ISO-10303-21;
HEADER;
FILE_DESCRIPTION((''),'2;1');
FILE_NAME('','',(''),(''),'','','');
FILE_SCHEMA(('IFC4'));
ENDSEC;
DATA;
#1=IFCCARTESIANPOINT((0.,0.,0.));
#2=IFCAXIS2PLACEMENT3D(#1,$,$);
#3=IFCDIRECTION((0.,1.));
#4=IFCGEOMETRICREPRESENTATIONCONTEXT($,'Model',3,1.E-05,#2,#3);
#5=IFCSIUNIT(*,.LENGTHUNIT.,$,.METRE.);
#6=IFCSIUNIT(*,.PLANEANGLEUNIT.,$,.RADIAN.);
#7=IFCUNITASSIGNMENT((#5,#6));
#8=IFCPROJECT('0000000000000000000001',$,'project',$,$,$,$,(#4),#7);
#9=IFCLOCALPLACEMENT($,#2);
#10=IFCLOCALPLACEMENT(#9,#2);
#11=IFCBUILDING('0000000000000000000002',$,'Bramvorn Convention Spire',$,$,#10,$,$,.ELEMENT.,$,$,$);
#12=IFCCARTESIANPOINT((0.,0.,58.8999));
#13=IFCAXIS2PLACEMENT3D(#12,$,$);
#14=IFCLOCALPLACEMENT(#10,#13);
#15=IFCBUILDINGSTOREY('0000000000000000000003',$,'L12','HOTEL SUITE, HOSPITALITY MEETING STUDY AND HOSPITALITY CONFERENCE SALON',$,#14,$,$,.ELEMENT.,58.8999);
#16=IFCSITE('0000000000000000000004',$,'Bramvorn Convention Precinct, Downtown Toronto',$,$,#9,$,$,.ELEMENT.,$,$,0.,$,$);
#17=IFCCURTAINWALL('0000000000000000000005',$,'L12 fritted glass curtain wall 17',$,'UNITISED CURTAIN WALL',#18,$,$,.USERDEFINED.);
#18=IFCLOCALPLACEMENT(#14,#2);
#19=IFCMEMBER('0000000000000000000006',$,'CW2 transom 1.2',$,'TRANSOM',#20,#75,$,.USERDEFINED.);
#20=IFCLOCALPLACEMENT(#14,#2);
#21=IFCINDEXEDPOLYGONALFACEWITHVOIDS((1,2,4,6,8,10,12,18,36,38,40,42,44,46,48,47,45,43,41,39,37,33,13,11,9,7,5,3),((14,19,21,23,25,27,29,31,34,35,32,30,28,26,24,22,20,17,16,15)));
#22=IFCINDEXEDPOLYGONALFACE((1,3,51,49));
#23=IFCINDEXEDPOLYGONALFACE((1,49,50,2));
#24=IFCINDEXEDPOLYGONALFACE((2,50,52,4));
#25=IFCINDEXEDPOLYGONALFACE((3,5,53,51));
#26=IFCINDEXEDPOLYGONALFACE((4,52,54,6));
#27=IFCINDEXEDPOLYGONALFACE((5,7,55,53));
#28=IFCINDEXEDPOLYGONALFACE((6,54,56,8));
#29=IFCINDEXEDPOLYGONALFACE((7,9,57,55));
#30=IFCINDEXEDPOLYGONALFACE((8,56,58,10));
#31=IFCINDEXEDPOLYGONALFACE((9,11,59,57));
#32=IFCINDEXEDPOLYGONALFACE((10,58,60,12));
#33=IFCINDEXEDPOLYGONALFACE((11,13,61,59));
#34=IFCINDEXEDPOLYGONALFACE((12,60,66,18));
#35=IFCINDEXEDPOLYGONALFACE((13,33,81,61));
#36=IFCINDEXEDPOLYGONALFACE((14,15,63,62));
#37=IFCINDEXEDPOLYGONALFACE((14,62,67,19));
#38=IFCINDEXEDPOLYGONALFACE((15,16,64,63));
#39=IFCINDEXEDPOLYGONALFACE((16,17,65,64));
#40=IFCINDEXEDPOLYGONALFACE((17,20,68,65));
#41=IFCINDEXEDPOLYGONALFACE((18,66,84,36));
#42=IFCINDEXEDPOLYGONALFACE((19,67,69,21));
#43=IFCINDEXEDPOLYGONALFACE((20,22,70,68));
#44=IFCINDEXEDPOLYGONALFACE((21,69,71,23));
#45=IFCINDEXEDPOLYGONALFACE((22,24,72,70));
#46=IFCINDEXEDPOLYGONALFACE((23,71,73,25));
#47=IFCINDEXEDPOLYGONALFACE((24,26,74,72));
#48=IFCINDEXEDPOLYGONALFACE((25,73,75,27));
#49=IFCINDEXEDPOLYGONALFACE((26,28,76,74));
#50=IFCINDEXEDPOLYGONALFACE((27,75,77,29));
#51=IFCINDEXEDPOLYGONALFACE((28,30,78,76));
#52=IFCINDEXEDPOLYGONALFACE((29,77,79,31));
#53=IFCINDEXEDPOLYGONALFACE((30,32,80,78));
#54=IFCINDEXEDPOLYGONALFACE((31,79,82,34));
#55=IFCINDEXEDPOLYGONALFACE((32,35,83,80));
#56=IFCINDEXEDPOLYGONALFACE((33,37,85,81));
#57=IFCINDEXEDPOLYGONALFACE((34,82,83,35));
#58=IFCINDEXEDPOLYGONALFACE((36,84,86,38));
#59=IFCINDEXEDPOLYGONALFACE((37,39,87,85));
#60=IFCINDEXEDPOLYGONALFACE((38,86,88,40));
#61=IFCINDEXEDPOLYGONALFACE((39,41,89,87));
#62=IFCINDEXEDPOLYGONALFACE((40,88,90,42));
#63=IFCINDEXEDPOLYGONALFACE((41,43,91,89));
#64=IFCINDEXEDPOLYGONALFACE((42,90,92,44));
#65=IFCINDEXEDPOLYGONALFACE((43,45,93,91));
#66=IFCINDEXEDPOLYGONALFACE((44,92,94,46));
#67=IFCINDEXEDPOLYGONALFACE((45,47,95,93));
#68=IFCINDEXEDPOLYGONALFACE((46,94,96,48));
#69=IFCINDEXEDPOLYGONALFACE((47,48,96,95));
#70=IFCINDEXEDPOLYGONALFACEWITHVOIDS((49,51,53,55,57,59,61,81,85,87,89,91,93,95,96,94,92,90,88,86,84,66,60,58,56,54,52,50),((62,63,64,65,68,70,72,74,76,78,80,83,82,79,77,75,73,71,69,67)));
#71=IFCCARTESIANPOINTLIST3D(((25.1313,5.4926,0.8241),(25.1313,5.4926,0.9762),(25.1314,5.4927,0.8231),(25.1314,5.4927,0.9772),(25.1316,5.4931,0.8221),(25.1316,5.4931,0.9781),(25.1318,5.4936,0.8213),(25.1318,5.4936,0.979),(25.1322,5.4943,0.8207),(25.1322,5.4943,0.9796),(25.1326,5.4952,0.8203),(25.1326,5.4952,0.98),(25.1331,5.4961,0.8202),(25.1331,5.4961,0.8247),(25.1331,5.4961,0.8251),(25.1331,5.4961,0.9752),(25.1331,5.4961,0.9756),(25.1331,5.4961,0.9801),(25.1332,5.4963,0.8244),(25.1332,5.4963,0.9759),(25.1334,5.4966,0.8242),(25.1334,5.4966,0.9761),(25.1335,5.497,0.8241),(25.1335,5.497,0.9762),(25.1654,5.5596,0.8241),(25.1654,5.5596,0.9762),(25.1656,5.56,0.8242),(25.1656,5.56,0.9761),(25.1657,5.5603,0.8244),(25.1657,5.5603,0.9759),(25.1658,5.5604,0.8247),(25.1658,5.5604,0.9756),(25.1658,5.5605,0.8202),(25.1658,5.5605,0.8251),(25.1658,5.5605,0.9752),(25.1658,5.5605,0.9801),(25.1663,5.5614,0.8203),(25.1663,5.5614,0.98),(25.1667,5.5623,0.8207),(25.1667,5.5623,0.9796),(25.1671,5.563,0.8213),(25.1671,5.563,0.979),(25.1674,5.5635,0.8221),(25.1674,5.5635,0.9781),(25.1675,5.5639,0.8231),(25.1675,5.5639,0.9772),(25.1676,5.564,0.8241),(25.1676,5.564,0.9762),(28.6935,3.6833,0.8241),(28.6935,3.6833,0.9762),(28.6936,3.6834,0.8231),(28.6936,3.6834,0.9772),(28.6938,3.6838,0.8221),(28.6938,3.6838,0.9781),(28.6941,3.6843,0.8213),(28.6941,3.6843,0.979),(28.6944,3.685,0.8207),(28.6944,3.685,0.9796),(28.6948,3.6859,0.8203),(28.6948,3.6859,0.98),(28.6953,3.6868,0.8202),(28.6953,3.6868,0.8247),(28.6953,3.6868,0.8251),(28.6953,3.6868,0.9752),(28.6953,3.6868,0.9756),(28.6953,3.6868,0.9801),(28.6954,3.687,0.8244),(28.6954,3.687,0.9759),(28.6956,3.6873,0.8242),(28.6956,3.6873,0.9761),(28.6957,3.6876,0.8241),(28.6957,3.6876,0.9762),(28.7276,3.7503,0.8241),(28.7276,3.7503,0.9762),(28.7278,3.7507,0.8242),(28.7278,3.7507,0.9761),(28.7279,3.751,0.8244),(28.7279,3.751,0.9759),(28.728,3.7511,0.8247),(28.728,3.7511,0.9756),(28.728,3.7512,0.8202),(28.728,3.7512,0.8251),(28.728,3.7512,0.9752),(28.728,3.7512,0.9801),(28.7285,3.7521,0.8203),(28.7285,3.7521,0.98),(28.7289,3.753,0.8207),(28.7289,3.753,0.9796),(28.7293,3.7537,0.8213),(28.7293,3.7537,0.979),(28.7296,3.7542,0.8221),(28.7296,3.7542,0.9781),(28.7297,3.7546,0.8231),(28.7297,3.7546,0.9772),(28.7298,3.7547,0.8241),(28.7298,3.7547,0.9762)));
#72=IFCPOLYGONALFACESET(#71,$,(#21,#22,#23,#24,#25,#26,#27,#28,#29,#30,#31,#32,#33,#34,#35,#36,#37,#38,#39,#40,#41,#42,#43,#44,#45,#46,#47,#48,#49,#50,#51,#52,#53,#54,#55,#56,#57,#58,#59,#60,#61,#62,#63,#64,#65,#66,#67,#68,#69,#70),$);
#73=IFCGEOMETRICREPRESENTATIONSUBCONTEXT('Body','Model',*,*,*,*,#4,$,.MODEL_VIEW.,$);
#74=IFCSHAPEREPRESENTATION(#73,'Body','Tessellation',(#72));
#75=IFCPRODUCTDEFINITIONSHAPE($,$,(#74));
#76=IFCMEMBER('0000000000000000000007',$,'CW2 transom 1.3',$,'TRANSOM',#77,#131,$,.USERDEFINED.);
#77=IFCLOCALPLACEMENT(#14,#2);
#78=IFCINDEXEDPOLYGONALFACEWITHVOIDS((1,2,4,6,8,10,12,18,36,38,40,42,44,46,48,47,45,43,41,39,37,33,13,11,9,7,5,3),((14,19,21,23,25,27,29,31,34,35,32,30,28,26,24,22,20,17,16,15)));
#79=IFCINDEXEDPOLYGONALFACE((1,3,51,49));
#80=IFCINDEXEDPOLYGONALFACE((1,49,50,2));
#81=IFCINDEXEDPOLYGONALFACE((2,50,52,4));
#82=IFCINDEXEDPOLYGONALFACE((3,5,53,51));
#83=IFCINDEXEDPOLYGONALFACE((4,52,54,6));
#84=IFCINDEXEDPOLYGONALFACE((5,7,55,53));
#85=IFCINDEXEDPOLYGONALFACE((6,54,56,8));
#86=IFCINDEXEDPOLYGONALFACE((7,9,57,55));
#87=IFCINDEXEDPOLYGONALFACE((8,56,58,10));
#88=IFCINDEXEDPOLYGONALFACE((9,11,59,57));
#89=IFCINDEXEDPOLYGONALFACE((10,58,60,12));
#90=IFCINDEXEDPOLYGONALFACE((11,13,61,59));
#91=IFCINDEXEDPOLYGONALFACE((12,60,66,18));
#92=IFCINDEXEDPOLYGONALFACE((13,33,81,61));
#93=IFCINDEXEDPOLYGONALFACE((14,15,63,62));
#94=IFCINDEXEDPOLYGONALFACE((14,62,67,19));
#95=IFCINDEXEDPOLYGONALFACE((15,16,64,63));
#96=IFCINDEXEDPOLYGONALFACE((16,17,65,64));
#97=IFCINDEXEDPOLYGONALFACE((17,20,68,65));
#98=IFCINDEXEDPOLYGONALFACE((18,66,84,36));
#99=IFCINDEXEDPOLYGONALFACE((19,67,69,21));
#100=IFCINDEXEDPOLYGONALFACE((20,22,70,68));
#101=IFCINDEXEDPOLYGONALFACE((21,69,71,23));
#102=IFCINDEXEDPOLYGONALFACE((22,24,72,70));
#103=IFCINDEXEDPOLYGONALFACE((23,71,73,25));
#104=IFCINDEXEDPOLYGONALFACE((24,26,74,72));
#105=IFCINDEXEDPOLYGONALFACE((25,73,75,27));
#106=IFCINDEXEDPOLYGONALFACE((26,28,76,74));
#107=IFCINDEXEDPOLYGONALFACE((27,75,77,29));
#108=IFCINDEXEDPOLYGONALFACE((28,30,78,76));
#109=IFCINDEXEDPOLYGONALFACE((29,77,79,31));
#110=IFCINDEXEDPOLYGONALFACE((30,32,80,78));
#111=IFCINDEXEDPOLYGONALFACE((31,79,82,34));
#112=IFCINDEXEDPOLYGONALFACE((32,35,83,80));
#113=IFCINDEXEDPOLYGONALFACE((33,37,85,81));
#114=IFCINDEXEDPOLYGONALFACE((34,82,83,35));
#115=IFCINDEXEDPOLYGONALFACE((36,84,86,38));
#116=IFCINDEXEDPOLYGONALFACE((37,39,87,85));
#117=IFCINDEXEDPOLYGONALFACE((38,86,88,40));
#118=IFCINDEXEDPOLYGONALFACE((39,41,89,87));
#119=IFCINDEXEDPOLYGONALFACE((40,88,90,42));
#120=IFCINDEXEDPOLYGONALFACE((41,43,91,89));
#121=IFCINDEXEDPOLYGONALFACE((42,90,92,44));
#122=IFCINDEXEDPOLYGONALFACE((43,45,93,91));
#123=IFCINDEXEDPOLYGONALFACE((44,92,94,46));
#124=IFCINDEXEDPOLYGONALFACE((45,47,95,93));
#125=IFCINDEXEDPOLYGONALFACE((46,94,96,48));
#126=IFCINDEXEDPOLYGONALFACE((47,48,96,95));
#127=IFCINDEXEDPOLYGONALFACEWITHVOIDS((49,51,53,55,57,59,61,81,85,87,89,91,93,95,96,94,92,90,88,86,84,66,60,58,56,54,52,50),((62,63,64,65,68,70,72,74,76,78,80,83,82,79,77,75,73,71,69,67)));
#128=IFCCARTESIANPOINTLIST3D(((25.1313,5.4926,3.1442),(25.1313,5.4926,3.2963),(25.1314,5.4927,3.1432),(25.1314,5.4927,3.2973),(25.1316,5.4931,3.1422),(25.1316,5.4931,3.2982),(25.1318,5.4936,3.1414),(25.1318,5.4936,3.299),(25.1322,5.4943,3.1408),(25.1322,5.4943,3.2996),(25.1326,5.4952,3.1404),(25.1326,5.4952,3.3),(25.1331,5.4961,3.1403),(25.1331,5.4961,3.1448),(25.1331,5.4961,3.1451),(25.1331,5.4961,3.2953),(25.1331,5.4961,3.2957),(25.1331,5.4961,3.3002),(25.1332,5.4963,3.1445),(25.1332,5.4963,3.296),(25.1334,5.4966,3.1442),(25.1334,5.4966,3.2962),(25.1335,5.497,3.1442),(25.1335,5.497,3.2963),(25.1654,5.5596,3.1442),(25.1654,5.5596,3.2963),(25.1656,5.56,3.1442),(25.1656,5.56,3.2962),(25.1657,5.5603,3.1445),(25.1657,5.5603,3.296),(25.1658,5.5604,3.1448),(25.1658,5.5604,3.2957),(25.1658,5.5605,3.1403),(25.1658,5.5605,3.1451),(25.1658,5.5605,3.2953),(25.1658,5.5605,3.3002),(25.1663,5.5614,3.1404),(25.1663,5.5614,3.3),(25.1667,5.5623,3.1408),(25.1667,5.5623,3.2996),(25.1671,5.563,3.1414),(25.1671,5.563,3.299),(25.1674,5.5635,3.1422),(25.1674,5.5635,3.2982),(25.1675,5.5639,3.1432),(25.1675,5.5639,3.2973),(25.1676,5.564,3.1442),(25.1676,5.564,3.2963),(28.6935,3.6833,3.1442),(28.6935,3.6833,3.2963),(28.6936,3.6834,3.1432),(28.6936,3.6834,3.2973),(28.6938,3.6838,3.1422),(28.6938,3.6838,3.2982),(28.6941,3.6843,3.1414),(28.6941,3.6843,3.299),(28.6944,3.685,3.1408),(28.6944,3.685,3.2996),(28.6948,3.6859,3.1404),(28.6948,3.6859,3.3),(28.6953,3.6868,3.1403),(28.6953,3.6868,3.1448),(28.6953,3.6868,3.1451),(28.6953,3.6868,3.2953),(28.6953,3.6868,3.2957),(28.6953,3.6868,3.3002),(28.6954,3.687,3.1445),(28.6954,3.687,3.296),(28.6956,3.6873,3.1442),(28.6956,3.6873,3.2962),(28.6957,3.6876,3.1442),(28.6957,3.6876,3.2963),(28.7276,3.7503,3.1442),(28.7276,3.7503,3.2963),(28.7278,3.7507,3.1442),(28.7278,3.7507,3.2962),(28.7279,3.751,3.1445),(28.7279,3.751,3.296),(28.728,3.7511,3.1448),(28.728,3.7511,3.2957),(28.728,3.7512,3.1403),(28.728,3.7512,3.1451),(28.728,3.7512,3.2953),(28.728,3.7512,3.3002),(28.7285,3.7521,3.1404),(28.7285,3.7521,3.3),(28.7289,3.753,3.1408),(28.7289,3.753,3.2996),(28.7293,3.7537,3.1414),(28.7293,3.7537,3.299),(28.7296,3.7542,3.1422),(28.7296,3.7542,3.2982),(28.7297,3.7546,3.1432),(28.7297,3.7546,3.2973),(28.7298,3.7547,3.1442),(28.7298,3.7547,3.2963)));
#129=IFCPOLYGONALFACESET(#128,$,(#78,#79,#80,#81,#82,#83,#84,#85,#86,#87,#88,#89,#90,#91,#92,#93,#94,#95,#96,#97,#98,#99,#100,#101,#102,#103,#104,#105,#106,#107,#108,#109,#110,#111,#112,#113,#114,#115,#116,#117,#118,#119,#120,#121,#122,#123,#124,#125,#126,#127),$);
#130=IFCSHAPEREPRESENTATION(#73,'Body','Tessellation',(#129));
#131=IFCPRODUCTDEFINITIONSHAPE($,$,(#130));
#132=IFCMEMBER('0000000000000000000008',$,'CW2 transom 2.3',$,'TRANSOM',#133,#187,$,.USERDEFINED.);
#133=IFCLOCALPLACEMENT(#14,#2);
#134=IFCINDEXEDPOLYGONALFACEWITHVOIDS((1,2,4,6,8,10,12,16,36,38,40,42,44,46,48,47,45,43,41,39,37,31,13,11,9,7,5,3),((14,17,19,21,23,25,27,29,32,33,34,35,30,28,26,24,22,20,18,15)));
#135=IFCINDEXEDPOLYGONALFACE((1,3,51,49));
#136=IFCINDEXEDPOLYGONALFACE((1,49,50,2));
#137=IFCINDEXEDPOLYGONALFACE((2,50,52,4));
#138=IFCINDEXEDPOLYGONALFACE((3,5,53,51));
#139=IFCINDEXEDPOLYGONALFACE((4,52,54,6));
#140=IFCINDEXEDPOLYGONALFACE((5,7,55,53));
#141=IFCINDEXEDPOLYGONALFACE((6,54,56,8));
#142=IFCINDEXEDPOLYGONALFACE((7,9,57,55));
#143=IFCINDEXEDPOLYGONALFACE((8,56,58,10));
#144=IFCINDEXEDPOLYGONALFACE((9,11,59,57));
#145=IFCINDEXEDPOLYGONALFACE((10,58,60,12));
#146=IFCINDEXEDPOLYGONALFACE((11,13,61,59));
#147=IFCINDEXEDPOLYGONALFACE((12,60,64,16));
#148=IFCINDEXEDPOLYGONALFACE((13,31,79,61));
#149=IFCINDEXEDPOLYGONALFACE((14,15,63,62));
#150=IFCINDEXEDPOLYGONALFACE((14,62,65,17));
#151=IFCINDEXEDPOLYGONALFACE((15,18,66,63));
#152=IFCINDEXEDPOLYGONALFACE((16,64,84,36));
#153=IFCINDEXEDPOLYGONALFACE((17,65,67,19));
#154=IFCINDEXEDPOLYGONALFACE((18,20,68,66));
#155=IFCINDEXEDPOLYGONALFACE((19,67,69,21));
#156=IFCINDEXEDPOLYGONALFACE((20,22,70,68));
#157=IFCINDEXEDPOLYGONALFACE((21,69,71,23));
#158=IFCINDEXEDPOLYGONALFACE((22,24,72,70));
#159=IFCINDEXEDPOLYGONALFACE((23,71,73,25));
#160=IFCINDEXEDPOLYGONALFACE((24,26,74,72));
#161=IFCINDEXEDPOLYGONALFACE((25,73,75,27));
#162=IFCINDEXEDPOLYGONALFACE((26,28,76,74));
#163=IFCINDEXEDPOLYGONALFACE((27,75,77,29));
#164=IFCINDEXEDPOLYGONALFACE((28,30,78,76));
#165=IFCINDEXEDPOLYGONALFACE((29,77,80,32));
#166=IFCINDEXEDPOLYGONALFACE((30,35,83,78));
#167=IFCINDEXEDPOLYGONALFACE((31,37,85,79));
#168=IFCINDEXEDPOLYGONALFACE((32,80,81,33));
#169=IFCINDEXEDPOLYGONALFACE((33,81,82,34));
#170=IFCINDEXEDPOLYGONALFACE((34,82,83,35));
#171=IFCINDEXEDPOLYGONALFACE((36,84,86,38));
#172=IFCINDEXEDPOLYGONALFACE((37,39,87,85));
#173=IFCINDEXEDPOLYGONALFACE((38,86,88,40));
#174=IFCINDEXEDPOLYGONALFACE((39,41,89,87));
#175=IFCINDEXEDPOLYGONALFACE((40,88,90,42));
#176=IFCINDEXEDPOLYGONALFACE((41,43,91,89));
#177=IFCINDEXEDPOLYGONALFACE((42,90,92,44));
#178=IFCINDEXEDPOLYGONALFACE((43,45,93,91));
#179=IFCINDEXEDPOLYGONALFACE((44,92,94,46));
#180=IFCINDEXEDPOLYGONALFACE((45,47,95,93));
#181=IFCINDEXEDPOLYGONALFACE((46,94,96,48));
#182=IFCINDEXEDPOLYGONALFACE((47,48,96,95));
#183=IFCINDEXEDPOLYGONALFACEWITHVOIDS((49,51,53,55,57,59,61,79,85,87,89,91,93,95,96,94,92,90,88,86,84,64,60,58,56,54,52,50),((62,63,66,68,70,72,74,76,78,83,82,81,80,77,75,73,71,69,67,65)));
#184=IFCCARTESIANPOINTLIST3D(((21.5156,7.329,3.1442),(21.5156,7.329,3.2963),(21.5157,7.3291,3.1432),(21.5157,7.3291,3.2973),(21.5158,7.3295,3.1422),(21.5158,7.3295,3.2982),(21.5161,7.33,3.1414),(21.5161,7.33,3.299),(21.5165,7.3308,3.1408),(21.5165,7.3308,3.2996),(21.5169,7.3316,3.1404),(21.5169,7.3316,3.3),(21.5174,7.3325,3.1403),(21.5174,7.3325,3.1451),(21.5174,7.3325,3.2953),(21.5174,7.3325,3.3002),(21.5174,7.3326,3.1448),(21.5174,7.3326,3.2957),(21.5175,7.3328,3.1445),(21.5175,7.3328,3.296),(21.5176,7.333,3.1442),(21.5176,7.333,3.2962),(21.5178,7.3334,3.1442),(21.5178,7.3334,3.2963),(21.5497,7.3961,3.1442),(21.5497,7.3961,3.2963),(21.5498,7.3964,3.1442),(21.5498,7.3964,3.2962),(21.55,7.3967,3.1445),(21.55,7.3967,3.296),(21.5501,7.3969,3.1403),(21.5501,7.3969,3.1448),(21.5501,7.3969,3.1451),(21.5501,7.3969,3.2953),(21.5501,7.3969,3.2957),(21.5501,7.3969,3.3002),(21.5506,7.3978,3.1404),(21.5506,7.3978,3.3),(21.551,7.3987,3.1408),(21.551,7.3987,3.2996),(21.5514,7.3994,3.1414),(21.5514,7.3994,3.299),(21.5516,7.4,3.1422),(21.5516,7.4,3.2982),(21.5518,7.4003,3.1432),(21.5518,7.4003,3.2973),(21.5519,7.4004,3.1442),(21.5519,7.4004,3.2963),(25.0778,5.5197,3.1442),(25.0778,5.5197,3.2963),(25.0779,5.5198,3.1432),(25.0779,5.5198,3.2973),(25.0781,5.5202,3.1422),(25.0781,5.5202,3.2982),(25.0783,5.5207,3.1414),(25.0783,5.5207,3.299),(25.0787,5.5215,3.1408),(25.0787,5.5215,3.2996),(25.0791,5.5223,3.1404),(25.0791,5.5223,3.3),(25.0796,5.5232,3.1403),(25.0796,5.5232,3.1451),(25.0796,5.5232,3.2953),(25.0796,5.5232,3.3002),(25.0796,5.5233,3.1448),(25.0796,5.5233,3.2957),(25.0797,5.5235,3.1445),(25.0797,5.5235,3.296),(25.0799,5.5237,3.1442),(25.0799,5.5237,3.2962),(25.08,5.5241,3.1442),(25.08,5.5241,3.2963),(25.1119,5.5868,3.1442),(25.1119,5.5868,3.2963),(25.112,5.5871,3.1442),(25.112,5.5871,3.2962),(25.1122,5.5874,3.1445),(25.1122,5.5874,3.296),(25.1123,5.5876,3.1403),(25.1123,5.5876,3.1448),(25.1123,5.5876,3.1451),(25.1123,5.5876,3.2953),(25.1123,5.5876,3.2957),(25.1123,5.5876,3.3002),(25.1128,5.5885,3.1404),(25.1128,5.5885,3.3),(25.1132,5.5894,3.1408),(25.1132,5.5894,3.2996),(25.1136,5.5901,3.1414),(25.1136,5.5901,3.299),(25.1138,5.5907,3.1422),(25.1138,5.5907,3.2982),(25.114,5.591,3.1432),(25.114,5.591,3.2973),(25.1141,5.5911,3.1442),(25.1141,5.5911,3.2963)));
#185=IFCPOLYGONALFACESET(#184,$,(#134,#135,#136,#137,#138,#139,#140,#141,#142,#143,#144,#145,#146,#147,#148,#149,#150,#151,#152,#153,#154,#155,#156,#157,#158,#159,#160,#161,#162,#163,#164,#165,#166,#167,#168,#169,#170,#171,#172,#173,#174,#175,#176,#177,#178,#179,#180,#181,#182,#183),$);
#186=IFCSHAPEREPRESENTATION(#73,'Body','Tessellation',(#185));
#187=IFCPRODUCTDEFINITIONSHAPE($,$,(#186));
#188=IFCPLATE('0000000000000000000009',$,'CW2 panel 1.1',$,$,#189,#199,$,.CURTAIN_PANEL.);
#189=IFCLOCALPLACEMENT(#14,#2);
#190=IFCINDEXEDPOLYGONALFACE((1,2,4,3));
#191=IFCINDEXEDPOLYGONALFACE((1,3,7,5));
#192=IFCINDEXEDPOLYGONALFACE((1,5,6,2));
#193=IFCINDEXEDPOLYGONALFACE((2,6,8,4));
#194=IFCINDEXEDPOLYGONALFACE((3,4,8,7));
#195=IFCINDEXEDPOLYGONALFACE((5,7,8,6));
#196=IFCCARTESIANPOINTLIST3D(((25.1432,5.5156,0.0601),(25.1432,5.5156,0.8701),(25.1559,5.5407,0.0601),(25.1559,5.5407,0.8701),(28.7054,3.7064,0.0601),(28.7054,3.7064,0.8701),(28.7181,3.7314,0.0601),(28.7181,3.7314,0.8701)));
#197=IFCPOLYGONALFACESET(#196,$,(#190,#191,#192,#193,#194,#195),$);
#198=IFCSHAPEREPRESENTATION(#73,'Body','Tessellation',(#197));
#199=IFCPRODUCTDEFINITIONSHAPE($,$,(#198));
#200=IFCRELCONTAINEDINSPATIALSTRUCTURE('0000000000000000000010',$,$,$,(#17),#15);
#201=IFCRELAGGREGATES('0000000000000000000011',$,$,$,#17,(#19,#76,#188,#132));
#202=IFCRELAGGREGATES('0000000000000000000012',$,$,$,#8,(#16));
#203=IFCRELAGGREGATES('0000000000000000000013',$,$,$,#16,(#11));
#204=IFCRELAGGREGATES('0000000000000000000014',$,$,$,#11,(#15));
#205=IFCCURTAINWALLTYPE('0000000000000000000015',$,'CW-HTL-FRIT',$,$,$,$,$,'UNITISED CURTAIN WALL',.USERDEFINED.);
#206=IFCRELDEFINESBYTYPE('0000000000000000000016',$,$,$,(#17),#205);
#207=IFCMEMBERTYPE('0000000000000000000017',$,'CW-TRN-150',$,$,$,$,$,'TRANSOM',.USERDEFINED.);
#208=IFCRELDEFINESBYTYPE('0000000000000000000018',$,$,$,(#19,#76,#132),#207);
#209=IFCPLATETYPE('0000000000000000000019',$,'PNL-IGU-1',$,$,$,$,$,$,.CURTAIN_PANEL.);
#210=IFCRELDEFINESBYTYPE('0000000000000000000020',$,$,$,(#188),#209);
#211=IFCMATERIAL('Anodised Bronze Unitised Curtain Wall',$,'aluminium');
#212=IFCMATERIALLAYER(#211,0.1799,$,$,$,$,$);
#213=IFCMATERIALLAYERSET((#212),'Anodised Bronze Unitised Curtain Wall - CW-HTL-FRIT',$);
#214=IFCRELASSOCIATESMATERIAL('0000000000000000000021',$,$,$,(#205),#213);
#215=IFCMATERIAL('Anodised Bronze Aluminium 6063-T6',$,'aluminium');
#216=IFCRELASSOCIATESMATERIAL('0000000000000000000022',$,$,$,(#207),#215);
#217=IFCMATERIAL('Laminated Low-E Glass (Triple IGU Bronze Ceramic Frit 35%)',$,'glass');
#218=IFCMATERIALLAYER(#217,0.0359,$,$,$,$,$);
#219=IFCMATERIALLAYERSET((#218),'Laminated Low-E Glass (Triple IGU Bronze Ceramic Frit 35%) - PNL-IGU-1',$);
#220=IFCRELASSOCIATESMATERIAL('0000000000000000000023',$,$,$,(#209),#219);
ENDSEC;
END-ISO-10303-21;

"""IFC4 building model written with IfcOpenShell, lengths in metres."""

from ifc_helpers import new_model, si_unit, direction, frame, origin, origin_2d, place, context, subcontext, project, spatial, rectangle, hollow_rectangle, extrude, material, layer, layer_set, material_profile, profile_set, type_object, element, aggregate, save


model = new_model("IFC4")

# Units and contexts
model_context = context("Model", 3, precision=1e-05, world=origin(), true_north=direction((0.0, 1.0)))
body_context = subcontext(model_context, "Body", "Model", "MODEL_VIEW")
ifc_project = project(units=[si_unit("LENGTHUNIT", "METRE"), si_unit("PLANEANGLEUNIT", "RADIAN")], contexts=[model_context])

# Site, building, storey
site_placement = place(None, origin())
site = spatial("IfcSite", under=ifc_project, at=site_placement, Name="Bramvorn Convention Precinct, Downtown Toronto", CompositionType="ELEMENT", RefElevation=0.0)
building_placement = place(site_placement, origin())
building = spatial("IfcBuilding", under=site, at=building_placement, Name="Bramvorn Convention Spire", CompositionType="ELEMENT")
storey_placement = place(building_placement, frame((0.0, 0.0, 58.8999)))
storey = spatial("IfcBuildingStorey", under=building, at=storey_placement, Name="L12", Description="HOTEL SUITE, HOSPITALITY MEETING STUDY AND HOSPITALITY CONFERENCE SALON", CompositionType="ELEMENT", Elevation=58.8999)

# Curtain wall, members, plate
ifc_material_1 = material(Name="Anodised Bronze Unitised Curtain Wall", Category="aluminium")
ifc_layer_1 = layer(ifc_material_1, 0.1799)
ifc_layer_set_1 = layer_set([ifc_layer_1], Name="Anodised Bronze Unitised Curtain Wall - CW-HTL-FRIT")
curtain_wall_type = type_object("IfcCurtainWallType", Name="CW-HTL-FRIT", ElementType="UNITISED CURTAIN WALL", PredefinedType="USERDEFINED", material=ifc_layer_set_1)
curtain_wall_placement = place(storey_placement, origin())
curtain_wall = element("IfcCurtainWall", 1, at=curtain_wall_placement, inside=storey, type_object=curtain_wall_type, Name="L12 fritted glass curtain wall 17", ObjectType="UNITISED CURTAIN WALL", PredefinedType="USERDEFINED")
ifc_material_2 = material(Name="Anodised Bronze Aluminium 6063-T6", Category="aluminium")
ifc_material_profile_1 = material_profile(ifc_material_2, hollow_rectangle(XDim=0.0801, YDim=0.1599, WallThickness=0.0039, InnerFilletRadius=0.001, OuterFilletRadius=0.0039, at=origin_2d()))
ifc_profile_set_1 = profile_set([ifc_material_profile_1], Name="Anodised Bronze Aluminium 6063-T6 - CWT80X160")
member_type_1 = type_object("IfcMemberType", Name="CW-TRN-150", ElementType="TRANSOM", PredefinedType="USERDEFINED", material=ifc_profile_set_1)
member_1_placement = place(storey_placement, frame((28.7117, 3.719, 0.9001), z_axis=(-0.891586, 0.452851, 0.0), x_axis=(-0.452851, -0.891586, 0.0)))
member_1 = element("IfcMember", 2, at=member_1_placement, type_object=member_type_1, Name="CW2 transom 1.2", ObjectType="TRANSOM", PredefinedType="USERDEFINED", context=body_context, shape_type="SweptSolid", body=[
    extrude(hollow_rectangle(XDim=0.0801, YDim=0.1599, WallThickness=0.0039, InnerFilletRadius=0.001, OuterFilletRadius=0.0039, at=origin_2d()), origin(), (0.0, 0.0, 1.0), 3.9954),
])
member_2_placement = place(storey_placement, frame((28.7117, 3.719, 3.2202), z_axis=(-0.891586, 0.452851, 0.0), x_axis=(-0.452851, -0.891586, 0.0)))
member_2 = element("IfcMember", 3, at=member_2_placement, type_object=member_type_1, Name="CW2 transom 1.3", ObjectType="TRANSOM", PredefinedType="USERDEFINED", context=body_context, shape_type="SweptSolid", body=[
    extrude(hollow_rectangle(XDim=0.0801, YDim=0.1599, WallThickness=0.0039, InnerFilletRadius=0.001, OuterFilletRadius=0.0039, at=origin_2d()), origin(), (0.0, 0.0, 1.0), 3.9954),
])
member_3_placement = place(storey_placement, frame((25.0959, 5.5554, 3.2202), z_axis=(-0.891586, 0.452851, 0.0), x_axis=(-0.452851, -0.891586, 0.0)))
member_3 = element("IfcMember", 4, at=member_3_placement, type_object=member_type_1, Name="CW2 transom 2.3", ObjectType="TRANSOM", PredefinedType="USERDEFINED", context=body_context, shape_type="SweptSolid", body=[
    extrude(hollow_rectangle(XDim=0.0801, YDim=0.1599, WallThickness=0.0039, InnerFilletRadius=0.001, OuterFilletRadius=0.0039, at=origin_2d()), origin(), (0.0, 0.0, 1.0), 3.9954),
])
ifc_material_3 = material(Name="Laminated Low-E Glass (Triple IGU Bronze Ceramic Frit 35%)", Category="glass")
ifc_layer_2 = layer(ifc_material_3, 0.0359)
ifc_layer_set_2 = layer_set([ifc_layer_2], Name="Laminated Low-E Glass (Triple IGU Bronze Ceramic Frit 35%) - PNL-IGU-1")
plate_type = type_object("IfcPlateType", Name="PNL-IGU-1", PredefinedType="CURTAIN_PANEL", material=ifc_layer_set_2)
plate_1_placement = place(storey_placement, frame((26.9307, 4.6235, 0.0601), z_axis=(0.0, 0.0, 1.0), x_axis=(-0.891595, 0.452835, 0.0)))
plate_1 = element("IfcPlate", 5, at=plate_1_placement, type_object=plate_type, Name="CW2 panel 1.1", PredefinedType="CURTAIN_PANEL", context=body_context, shape_type="SweptSolid", body=[
    extrude(rectangle(XDim=3.9954, YDim=0.0281, at=origin_2d()), origin(), (0.0, 0.0, 1.0), 0.8101),
])
aggregate(curtain_wall, [member_1, member_2, plate_1, member_3])

save(model, "model.ifc")
